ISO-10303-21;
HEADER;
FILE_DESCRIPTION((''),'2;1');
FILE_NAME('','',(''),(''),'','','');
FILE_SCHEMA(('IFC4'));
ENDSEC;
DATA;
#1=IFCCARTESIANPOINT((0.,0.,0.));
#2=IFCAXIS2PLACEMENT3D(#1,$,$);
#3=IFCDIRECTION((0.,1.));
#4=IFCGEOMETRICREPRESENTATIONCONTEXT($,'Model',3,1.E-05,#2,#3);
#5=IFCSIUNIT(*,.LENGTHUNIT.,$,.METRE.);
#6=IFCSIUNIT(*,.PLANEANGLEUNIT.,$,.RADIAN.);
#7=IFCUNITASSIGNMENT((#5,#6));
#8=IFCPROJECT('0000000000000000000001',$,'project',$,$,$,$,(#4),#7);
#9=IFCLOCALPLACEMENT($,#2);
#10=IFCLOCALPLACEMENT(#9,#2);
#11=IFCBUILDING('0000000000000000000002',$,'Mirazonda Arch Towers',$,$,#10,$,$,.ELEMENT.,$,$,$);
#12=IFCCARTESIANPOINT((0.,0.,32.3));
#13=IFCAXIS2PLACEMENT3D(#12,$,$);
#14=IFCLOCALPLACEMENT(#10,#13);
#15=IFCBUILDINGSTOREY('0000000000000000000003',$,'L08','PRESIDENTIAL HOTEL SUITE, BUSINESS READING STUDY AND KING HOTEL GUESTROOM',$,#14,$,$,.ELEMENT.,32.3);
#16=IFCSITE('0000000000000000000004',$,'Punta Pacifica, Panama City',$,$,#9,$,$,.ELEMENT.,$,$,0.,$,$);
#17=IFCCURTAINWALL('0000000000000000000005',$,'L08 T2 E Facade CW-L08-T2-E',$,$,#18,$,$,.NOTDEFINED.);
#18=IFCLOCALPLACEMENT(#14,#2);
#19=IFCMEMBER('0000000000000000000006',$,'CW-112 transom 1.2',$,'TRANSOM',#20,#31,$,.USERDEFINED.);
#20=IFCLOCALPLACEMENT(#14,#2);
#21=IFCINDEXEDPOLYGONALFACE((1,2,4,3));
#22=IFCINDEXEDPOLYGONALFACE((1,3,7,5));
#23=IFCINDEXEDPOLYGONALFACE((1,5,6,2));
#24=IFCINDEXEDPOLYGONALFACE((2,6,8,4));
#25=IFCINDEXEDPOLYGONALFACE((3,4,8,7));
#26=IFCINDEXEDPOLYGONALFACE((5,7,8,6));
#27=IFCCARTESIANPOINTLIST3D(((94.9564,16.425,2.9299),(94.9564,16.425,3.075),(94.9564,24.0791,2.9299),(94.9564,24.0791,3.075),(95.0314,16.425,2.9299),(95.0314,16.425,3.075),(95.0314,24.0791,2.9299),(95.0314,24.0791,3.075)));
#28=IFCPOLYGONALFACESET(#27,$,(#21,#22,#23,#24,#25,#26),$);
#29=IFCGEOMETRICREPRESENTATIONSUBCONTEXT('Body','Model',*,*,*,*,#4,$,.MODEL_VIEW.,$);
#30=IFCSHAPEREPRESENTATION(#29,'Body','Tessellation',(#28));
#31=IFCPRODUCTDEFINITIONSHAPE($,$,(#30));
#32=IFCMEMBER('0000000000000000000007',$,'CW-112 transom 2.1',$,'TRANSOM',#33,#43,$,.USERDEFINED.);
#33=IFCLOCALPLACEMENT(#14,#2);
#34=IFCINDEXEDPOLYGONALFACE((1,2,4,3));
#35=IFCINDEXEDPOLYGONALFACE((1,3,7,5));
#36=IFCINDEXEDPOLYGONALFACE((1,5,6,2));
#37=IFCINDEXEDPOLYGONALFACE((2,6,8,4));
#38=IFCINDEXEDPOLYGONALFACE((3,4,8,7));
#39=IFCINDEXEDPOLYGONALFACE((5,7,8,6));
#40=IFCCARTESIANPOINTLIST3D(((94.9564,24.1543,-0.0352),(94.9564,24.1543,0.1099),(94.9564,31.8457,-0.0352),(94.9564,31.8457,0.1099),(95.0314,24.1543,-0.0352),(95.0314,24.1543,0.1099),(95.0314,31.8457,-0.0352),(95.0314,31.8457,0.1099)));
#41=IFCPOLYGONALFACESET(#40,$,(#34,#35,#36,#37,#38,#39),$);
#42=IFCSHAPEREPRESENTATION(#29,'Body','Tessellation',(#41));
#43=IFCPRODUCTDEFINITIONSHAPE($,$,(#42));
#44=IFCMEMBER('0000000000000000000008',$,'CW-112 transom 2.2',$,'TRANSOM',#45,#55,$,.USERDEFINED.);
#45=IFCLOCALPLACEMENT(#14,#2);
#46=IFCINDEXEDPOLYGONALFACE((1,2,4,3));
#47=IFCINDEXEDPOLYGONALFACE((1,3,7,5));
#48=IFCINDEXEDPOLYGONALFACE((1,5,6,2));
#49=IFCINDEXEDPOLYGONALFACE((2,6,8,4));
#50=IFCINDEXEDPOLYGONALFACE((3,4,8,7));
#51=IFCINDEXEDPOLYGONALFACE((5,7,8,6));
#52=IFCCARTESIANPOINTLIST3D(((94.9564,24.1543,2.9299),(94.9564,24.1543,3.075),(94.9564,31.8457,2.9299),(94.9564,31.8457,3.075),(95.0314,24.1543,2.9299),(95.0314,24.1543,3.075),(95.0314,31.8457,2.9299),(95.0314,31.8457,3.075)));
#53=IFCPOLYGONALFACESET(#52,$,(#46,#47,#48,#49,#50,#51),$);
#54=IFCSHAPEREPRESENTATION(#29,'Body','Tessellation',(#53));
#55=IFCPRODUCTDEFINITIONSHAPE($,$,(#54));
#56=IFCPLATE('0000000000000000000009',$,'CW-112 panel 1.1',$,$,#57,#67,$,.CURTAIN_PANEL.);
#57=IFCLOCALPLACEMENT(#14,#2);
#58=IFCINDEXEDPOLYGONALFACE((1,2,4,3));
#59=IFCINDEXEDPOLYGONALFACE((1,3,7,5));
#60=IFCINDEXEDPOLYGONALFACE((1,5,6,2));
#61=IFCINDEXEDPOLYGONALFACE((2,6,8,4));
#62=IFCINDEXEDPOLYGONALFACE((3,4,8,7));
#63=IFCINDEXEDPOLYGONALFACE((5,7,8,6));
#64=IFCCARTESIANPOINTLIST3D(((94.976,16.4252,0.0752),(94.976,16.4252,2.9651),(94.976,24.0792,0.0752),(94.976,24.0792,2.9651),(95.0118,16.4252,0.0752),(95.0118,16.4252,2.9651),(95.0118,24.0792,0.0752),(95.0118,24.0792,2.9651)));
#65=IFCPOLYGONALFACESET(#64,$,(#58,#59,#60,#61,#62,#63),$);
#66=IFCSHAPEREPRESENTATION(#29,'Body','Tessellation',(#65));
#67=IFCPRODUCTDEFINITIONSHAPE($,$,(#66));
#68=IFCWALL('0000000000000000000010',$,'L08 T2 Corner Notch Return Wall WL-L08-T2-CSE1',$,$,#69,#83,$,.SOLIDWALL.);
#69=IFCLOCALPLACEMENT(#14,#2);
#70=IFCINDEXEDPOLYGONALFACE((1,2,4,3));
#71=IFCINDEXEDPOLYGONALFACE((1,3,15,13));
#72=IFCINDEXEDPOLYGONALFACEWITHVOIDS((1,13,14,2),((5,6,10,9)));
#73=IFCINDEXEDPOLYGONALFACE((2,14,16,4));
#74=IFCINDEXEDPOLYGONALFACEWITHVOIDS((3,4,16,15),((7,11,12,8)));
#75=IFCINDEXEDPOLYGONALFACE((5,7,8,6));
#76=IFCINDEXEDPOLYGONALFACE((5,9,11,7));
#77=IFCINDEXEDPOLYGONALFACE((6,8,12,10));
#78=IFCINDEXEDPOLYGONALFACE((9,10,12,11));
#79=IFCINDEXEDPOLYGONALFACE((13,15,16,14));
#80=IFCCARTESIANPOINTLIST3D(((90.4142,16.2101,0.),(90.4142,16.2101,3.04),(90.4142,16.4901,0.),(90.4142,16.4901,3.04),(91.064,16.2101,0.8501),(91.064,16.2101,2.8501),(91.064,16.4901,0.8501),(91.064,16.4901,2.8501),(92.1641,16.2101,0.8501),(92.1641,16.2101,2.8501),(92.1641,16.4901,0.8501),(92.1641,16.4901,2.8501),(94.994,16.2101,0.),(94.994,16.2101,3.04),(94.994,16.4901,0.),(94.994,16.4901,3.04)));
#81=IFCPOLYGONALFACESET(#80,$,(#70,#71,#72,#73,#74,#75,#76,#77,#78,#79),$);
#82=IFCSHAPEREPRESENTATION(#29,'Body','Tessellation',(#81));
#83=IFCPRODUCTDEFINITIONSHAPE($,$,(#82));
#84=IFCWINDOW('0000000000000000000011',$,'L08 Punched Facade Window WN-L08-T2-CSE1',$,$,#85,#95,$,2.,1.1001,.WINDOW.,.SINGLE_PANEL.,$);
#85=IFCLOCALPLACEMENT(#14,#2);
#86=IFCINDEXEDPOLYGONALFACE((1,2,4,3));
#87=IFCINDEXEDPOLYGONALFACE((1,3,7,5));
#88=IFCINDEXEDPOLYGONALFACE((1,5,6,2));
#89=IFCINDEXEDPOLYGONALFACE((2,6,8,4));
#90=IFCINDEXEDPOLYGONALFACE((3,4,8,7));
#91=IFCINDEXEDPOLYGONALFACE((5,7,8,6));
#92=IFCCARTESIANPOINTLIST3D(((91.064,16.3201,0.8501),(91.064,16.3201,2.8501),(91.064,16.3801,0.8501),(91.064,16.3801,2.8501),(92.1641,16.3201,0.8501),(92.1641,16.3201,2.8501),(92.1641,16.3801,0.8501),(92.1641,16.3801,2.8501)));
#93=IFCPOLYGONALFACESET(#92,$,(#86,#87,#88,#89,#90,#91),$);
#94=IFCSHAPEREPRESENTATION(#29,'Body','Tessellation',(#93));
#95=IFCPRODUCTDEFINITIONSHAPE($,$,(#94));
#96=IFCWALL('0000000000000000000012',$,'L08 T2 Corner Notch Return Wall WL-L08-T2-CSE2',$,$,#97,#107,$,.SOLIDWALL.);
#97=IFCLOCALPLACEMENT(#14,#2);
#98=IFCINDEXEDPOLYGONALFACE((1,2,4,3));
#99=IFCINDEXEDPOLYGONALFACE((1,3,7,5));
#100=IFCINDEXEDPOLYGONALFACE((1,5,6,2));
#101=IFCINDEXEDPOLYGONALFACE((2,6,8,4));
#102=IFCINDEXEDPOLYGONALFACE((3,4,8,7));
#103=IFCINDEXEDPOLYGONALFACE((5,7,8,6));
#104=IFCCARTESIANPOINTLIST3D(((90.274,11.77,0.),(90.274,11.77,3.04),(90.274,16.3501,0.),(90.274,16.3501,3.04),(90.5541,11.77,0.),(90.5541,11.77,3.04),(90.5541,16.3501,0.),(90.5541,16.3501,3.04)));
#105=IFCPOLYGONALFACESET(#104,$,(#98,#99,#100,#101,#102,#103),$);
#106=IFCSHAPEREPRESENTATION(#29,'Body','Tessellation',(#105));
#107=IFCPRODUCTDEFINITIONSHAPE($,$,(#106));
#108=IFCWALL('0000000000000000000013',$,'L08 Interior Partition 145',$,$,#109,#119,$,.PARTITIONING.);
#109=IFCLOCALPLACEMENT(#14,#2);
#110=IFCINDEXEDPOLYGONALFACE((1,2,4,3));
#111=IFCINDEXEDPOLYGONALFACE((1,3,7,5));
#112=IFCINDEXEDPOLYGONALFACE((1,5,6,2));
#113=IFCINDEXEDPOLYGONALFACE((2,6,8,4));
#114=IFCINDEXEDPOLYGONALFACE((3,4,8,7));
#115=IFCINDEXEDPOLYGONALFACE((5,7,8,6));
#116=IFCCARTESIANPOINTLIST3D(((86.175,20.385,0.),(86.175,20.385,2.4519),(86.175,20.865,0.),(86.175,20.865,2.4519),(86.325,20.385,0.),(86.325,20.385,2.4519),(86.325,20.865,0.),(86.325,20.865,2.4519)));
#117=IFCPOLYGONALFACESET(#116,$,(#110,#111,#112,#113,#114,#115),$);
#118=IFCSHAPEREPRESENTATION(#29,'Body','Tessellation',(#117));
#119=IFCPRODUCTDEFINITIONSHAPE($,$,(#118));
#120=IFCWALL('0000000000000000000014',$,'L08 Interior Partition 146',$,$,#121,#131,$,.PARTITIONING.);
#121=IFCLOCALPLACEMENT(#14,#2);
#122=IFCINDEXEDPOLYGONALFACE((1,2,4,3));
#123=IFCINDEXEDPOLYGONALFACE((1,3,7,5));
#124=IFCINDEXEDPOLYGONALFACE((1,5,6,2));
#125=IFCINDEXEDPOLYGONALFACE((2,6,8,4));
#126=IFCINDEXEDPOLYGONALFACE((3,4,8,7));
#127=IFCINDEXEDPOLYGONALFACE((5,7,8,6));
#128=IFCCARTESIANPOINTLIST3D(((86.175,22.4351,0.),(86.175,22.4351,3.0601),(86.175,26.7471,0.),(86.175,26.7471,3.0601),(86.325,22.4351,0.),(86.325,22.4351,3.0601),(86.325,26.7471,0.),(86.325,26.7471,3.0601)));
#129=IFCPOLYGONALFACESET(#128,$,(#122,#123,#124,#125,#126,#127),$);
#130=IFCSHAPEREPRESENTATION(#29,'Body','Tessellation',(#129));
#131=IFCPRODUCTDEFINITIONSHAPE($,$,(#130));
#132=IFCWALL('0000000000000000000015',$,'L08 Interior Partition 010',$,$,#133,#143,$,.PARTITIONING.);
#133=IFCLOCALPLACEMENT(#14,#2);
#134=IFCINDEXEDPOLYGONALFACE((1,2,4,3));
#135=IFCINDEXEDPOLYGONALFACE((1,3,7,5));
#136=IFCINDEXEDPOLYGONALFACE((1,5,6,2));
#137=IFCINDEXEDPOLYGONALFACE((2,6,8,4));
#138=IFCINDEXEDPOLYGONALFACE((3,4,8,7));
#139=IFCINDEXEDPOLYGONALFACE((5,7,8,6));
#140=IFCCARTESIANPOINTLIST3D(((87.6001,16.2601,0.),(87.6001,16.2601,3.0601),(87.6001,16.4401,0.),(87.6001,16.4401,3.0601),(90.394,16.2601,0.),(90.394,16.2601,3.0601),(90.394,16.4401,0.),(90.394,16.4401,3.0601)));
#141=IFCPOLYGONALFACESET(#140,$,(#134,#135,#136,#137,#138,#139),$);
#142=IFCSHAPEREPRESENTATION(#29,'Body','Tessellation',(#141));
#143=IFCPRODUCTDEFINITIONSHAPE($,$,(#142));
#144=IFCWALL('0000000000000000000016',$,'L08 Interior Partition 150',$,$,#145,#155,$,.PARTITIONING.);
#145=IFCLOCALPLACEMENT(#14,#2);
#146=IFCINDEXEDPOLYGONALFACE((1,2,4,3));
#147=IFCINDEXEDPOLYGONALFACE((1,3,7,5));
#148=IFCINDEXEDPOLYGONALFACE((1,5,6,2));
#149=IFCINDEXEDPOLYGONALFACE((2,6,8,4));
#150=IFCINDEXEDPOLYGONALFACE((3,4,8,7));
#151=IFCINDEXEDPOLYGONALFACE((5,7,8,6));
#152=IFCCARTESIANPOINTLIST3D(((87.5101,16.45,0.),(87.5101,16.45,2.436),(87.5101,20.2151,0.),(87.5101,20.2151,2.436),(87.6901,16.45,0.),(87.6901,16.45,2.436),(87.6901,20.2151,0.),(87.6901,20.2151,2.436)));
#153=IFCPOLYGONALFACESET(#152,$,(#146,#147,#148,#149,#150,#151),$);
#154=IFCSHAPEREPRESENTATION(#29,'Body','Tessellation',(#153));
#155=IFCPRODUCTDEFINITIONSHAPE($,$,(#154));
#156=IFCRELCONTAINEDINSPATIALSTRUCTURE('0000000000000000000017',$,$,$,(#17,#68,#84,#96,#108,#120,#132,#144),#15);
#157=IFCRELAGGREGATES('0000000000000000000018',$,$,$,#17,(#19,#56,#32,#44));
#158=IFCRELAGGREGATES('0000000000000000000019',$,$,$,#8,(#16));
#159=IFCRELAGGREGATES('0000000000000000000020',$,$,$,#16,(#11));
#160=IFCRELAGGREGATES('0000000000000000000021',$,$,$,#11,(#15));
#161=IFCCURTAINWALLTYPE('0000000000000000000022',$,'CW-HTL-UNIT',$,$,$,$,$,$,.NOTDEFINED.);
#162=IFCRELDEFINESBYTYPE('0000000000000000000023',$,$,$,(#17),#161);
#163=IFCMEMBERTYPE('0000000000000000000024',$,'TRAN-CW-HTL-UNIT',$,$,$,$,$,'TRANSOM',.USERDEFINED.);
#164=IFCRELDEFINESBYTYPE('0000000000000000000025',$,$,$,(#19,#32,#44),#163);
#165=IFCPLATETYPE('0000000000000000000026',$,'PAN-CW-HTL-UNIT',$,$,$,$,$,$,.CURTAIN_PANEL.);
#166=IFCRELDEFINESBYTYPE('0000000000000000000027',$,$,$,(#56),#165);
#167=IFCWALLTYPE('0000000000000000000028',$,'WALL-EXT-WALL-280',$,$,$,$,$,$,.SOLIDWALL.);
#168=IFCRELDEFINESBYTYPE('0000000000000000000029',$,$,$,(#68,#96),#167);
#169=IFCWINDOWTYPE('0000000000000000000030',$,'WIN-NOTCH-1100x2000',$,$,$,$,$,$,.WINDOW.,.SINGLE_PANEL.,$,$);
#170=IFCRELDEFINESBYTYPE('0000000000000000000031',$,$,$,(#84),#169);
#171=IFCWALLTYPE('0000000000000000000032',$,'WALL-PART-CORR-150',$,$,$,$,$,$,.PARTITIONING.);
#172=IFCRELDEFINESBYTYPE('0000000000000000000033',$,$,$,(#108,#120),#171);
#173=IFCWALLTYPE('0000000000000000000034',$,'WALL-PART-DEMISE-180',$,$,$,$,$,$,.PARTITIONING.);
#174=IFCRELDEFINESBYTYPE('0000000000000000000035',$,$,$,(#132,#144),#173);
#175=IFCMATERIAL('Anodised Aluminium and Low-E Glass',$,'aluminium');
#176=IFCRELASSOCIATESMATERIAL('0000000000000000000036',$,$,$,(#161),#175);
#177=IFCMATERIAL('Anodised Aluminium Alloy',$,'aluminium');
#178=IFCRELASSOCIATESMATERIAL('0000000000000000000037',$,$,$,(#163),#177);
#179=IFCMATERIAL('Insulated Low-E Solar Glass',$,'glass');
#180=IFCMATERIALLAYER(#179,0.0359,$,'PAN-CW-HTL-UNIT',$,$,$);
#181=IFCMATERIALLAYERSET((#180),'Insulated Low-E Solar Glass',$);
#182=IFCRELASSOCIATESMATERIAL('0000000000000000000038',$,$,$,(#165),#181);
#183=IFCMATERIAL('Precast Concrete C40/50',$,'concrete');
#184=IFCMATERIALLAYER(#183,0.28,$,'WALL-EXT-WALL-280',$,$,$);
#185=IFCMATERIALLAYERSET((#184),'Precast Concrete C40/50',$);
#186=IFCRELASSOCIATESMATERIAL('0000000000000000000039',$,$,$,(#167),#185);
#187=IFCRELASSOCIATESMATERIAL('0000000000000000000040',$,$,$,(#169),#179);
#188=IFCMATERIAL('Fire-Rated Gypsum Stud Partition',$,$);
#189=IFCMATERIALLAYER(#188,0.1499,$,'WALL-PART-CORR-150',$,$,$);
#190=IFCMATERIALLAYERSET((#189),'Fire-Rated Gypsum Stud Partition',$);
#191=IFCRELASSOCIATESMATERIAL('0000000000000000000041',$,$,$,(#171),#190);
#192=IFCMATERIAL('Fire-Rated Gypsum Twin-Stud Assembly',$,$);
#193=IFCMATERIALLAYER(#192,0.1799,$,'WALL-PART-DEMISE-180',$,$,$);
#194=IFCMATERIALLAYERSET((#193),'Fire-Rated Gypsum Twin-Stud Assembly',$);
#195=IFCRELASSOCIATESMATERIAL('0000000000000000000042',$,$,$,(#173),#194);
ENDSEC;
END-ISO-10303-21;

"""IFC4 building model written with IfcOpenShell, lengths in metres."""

from ifc_helpers import new_model, si_unit, direction, frame, frame_2d, origin, origin_2d, place, context, subcontext, project, spatial, rectangle, extrude, material, layer, layer_set, material_profile, profile_set, type_object, element, fill, aggregate, save


model = new_model("IFC4")

# Units and contexts
model_context = context("Model", 3, precision=1e-05, world=origin(), true_north=direction((0.0, 1.0)))
body_context = subcontext(model_context, "Body", "Model", "MODEL_VIEW")
ifc_project = project(units=[si_unit("LENGTHUNIT", "METRE"), si_unit("PLANEANGLEUNIT", "RADIAN")], contexts=[model_context])

# Site, building, storey
site_placement = place(None, origin())
site = spatial("IfcSite", under=ifc_project, at=site_placement, Name="Punta Pacifica, Panama City", CompositionType="ELEMENT", RefElevation=0.0)
building_placement = place(site_placement, origin())
building = spatial("IfcBuilding", under=site, at=building_placement, Name="Mirazonda Arch Towers", CompositionType="ELEMENT")
storey_placement = place(building_placement, frame((0.0, 0.0, 32.3)))
storey = spatial("IfcBuildingStorey", under=building, at=storey_placement, Name="L08", Description="PRESIDENTIAL HOTEL SUITE, BUSINESS READING STUDY AND KING HOTEL GUESTROOM", CompositionType="ELEMENT", Elevation=32.3)

# Shared definitions
ifc_material_1 = material(Name="Anodised Aluminium and Low-E Glass", Category="aluminium")
curtain_wall_type = type_object("IfcCurtainWallType", Name="CW-HTL-UNIT", PredefinedType="NOTDEFINED", material=ifc_material_1)
ifc_material_2 = material(Name="Anodised Aluminium Alloy", Category="aluminium")

# Curtain wall
curtain_wall_1_placement = place(storey_placement, origin())
curtain_wall_1 = element("IfcCurtainWall", 1, at=curtain_wall_1_placement, inside=storey, type_object=curtain_wall_type, Name="L08 T2 E Facade CW-L08-T2-E", PredefinedType="NOTDEFINED")

# Members
ifc_material_profile_1 = material_profile(ifc_material_2, rectangle(XDim=0.075, YDim=0.145, at=origin_2d()), Name="ALU-TRAN-75x145")
ifc_profile_set_1 = profile_set([ifc_material_profile_1], Name="Anodised Aluminium Alloy")
member_type_1 = type_object("IfcMemberType", Name="TRAN-CW-HTL-UNIT", ElementType="TRANSOM", PredefinedType="USERDEFINED", material=ifc_profile_set_1)
member_1_placement = place(storey_placement, frame((94.9939, 16.425, 3.0024), z_axis=(0.0, 1.0, 0.0), x_axis=(-1.0, 0.0, 0.0)))
member_1 = element("IfcMember", 2, at=member_1_placement, type_object=member_type_1, Name="CW-112 transom 1.2", ObjectType="TRANSOM", PredefinedType="USERDEFINED", context=body_context, shape_type="SweptSolid", body=[
    extrude(rectangle(XDim=0.075, YDim=0.145, at=origin_2d()), origin(), (0.0, 0.0, 1.0), 7.6541),
])
member_2_placement = place(storey_placement, frame((94.9939, 24.1543, 0.0374), z_axis=(0.0, 1.0, 0.0), x_axis=(-1.0, 0.0, 0.0)))
member_2 = element("IfcMember", 3, at=member_2_placement, type_object=member_type_1, Name="CW-112 transom 2.1", ObjectType="TRANSOM", PredefinedType="USERDEFINED", context=body_context, shape_type="SweptSolid", body=[
    extrude(rectangle(XDim=0.075, YDim=0.145, at=origin_2d()), origin(), (0.0, 0.0, 1.0), 7.6914),
])
member_3_placement = place(storey_placement, frame((94.9939, 24.1543, 3.0024), z_axis=(0.0, 1.0, 0.0), x_axis=(-1.0, 0.0, 0.0)))
member_3 = element("IfcMember", 4, at=member_3_placement, type_object=member_type_1, Name="CW-112 transom 2.2", ObjectType="TRANSOM", PredefinedType="USERDEFINED", context=body_context, shape_type="SweptSolid", body=[
    extrude(rectangle(XDim=0.075, YDim=0.145, at=origin_2d()), origin(), (0.0, 0.0, 1.0), 7.6914),
])

# Plate
ifc_material_3 = material(Name="Insulated Low-E Solar Glass", Category="glass")
ifc_layer_1 = layer(ifc_material_3, 0.0359, Name="PAN-CW-HTL-UNIT")
ifc_layer_set_1 = layer_set([ifc_layer_1], Name="Insulated Low-E Solar Glass")
plate_type = type_object("IfcPlateType", Name="PAN-CW-HTL-UNIT", PredefinedType="CURTAIN_PANEL", material=ifc_layer_set_1)
plate_placement = place(storey_placement, frame((94.9939, 20.2522, 0.0752), z_axis=(0.0, 0.0, 1.0), x_axis=(0.0, 1.0, 0.0)))
plate = element("IfcPlate", 5, at=plate_placement, type_object=plate_type, Name="CW-112 panel 1.1", PredefinedType="CURTAIN_PANEL", context=body_context, shape_type="SweptSolid", body=[
    extrude(rectangle(XDim=7.6541, YDim=0.0359, at=origin_2d()), origin(), (0.0, 0.0, 1.0), 2.8899),
])
aggregate(curtain_wall_1, [member_1, plate, member_2, member_3])

# Wall, opening, window
ifc_material_4 = material(Name="Precast Concrete C40/50", Category="concrete")
ifc_layer_2 = layer(ifc_material_4, 0.28, Name="WALL-EXT-WALL-280")
ifc_layer_set_2 = layer_set([ifc_layer_2], Name="Precast Concrete C40/50")
wall_type_1 = type_object("IfcWallType", Name="WALL-EXT-WALL-280", PredefinedType="SOLIDWALL", material=ifc_layer_set_2)
wall_1_placement = place(storey_placement, frame((90.4141, 16.3501, 0.0), z_axis=(0.0, 0.0, 1.0), x_axis=(1.0, 0.0, 0.0)))
wall_1 = element("IfcWall", 6, at=wall_1_placement, inside=storey, type_object=wall_type_1, Name="L08 T2 Corner Notch Return Wall WL-L08-T2-CSE1", PredefinedType="SOLIDWALL", context=body_context, shape_type="SweptSolid", body=[
    extrude(rectangle(XDim=4.5798, YDim=0.28, at=frame_2d((2.29, 0.0))), origin(), (0.0, 0.0, 1.0), 3.04),
])
opening_1_placement = place(wall_1_placement, frame((0.6499, 0.0, 0.8501)))
opening_1 = element("IfcOpeningElement", 7, at=opening_1_placement, cuts=wall_1, PredefinedType="OPENING", context=body_context, shape_type="SweptSolid", body=[
    extrude(rectangle(XDim=1.1001, YDim=2.0, at=frame_2d((0.55, 1.0))), frame((0.0, 0.1499, 0.0), z_axis=(0.0, -1.0, 0.0), x_axis=(1.0, 0.0, 0.0)), (0.0, 0.0, 1.0), 0.3),
])
window_type = type_object("IfcWindowType", Name="WIN-NOTCH-1100x2000", PartitioningType="SINGLE_PANEL", PredefinedType="WINDOW", material=ifc_material_3)
window_placement = place(opening_1_placement, origin())
window = element("IfcWindow", 8, at=window_placement, inside=storey, type_object=window_type, Name="L08 Punched Facade Window WN-L08-T2-CSE1", OverallHeight=2.0, OverallWidth=1.1001, PartitioningType="SINGLE_PANEL", PredefinedType="WINDOW", context=body_context, shape_type="SweptSolid", body=[
    extrude(rectangle(XDim=1.1001, YDim=2.0, at=frame_2d((0.55, 1.0))), frame((0.0, 0.03, 0.0), z_axis=(0.0, -1.0, 0.0), x_axis=(1.0, 0.0, 0.0)), (0.0, 0.0, 1.0), 0.0601),
])
fill(opening_1, window)

# Walls
wall_2_placement = place(storey_placement, frame((90.4141, 11.77, 0.0), z_axis=(0.0, 0.0, 1.0), x_axis=(0.0, 1.0, 0.0)))
element("IfcWall", 9, at=wall_2_placement, inside=storey, type_object=wall_type_1, Name="L08 T2 Corner Notch Return Wall WL-L08-T2-CSE2", PredefinedType="SOLIDWALL", context=body_context, shape_type="SweptSolid", body=[
    extrude(rectangle(XDim=4.5801, YDim=0.28, at=frame_2d((2.29, 0.0))), origin(), (0.0, 0.0, 1.0), 3.04),
])
ifc_material_5 = material(Name="Fire-Rated Gypsum Stud Partition")
ifc_layer_3 = layer(ifc_material_5, 0.1499, Name="WALL-PART-CORR-150")
ifc_layer_set_3 = layer_set([ifc_layer_3], Name="Fire-Rated Gypsum Stud Partition")
wall_type_2 = type_object("IfcWallType", Name="WALL-PART-CORR-150", PredefinedType="PARTITIONING", material=ifc_layer_set_3)
wall_3_placement = place(storey_placement, frame((86.25, 20.385, 0.0), z_axis=(0.0, 0.0, 1.0), x_axis=(0.0, 1.0, 0.0)))
element("IfcWall", 10, at=wall_3_placement, inside=storey, type_object=wall_type_2, Name="L08 Interior Partition 145", PredefinedType="PARTITIONING", context=body_context, shape_type="SweptSolid", body=[
    extrude(rectangle(XDim=0.48, YDim=0.1499, at=frame_2d((0.24, 0.0))), origin(), (0.0, 0.0, 1.0), 2.4519),
])
wall_4_placement = place(storey_placement, frame((86.25, 22.4351, 0.0), z_axis=(0.0, 0.0, 1.0), x_axis=(0.0, 1.0, 0.0)))
element("IfcWall", 11, at=wall_4_placement, inside=storey, type_object=wall_type_2, Name="L08 Interior Partition 146", PredefinedType="PARTITIONING", context=body_context, shape_type="SweptSolid", body=[
    extrude(rectangle(XDim=4.312, YDim=0.1499, at=frame_2d((2.156, 0.0))), origin(), (0.0, 0.0, 1.0), 3.0601),
])
ifc_material_6 = material(Name="Fire-Rated Gypsum Twin-Stud Assembly")
ifc_layer_4 = layer(ifc_material_6, 0.1799, Name="WALL-PART-DEMISE-180")
ifc_layer_set_4 = layer_set([ifc_layer_4], Name="Fire-Rated Gypsum Twin-Stud Assembly")
wall_type_3 = type_object("IfcWallType", Name="WALL-PART-DEMISE-180", PredefinedType="PARTITIONING", material=ifc_layer_set_4)
wall_5_placement = place(storey_placement, frame((87.6001, 16.3501, 0.0), z_axis=(0.0, 0.0, 1.0), x_axis=(1.0, 0.0, 0.0)))
element("IfcWall", 12, at=wall_5_placement, inside=storey, type_object=wall_type_3, Name="L08 Interior Partition 010", PredefinedType="PARTITIONING", context=body_context, shape_type="SweptSolid", body=[
    extrude(rectangle(XDim=2.7939, YDim=0.1799, at=frame_2d((1.397, 0.0))), origin(), (0.0, 0.0, 1.0), 3.0601),
])

# Wall
wall_6_placement = place(storey_placement, frame((87.6001, 16.45, 0.0), z_axis=(0.0, 0.0, 1.0), x_axis=(0.0, 1.0, 0.0)))
element("IfcWall", 13, at=wall_6_placement, inside=storey, type_object=wall_type_3, Name="L08 Interior Partition 150", PredefinedType="PARTITIONING", context=body_context, shape_type="SweptSolid", body=[
    extrude(rectangle(XDim=3.7651, YDim=0.1799, at=frame_2d((1.8826, 0.0))), origin(), (0.0, 0.0, 1.0), 2.436),
])

save(model, "model.ifc")
